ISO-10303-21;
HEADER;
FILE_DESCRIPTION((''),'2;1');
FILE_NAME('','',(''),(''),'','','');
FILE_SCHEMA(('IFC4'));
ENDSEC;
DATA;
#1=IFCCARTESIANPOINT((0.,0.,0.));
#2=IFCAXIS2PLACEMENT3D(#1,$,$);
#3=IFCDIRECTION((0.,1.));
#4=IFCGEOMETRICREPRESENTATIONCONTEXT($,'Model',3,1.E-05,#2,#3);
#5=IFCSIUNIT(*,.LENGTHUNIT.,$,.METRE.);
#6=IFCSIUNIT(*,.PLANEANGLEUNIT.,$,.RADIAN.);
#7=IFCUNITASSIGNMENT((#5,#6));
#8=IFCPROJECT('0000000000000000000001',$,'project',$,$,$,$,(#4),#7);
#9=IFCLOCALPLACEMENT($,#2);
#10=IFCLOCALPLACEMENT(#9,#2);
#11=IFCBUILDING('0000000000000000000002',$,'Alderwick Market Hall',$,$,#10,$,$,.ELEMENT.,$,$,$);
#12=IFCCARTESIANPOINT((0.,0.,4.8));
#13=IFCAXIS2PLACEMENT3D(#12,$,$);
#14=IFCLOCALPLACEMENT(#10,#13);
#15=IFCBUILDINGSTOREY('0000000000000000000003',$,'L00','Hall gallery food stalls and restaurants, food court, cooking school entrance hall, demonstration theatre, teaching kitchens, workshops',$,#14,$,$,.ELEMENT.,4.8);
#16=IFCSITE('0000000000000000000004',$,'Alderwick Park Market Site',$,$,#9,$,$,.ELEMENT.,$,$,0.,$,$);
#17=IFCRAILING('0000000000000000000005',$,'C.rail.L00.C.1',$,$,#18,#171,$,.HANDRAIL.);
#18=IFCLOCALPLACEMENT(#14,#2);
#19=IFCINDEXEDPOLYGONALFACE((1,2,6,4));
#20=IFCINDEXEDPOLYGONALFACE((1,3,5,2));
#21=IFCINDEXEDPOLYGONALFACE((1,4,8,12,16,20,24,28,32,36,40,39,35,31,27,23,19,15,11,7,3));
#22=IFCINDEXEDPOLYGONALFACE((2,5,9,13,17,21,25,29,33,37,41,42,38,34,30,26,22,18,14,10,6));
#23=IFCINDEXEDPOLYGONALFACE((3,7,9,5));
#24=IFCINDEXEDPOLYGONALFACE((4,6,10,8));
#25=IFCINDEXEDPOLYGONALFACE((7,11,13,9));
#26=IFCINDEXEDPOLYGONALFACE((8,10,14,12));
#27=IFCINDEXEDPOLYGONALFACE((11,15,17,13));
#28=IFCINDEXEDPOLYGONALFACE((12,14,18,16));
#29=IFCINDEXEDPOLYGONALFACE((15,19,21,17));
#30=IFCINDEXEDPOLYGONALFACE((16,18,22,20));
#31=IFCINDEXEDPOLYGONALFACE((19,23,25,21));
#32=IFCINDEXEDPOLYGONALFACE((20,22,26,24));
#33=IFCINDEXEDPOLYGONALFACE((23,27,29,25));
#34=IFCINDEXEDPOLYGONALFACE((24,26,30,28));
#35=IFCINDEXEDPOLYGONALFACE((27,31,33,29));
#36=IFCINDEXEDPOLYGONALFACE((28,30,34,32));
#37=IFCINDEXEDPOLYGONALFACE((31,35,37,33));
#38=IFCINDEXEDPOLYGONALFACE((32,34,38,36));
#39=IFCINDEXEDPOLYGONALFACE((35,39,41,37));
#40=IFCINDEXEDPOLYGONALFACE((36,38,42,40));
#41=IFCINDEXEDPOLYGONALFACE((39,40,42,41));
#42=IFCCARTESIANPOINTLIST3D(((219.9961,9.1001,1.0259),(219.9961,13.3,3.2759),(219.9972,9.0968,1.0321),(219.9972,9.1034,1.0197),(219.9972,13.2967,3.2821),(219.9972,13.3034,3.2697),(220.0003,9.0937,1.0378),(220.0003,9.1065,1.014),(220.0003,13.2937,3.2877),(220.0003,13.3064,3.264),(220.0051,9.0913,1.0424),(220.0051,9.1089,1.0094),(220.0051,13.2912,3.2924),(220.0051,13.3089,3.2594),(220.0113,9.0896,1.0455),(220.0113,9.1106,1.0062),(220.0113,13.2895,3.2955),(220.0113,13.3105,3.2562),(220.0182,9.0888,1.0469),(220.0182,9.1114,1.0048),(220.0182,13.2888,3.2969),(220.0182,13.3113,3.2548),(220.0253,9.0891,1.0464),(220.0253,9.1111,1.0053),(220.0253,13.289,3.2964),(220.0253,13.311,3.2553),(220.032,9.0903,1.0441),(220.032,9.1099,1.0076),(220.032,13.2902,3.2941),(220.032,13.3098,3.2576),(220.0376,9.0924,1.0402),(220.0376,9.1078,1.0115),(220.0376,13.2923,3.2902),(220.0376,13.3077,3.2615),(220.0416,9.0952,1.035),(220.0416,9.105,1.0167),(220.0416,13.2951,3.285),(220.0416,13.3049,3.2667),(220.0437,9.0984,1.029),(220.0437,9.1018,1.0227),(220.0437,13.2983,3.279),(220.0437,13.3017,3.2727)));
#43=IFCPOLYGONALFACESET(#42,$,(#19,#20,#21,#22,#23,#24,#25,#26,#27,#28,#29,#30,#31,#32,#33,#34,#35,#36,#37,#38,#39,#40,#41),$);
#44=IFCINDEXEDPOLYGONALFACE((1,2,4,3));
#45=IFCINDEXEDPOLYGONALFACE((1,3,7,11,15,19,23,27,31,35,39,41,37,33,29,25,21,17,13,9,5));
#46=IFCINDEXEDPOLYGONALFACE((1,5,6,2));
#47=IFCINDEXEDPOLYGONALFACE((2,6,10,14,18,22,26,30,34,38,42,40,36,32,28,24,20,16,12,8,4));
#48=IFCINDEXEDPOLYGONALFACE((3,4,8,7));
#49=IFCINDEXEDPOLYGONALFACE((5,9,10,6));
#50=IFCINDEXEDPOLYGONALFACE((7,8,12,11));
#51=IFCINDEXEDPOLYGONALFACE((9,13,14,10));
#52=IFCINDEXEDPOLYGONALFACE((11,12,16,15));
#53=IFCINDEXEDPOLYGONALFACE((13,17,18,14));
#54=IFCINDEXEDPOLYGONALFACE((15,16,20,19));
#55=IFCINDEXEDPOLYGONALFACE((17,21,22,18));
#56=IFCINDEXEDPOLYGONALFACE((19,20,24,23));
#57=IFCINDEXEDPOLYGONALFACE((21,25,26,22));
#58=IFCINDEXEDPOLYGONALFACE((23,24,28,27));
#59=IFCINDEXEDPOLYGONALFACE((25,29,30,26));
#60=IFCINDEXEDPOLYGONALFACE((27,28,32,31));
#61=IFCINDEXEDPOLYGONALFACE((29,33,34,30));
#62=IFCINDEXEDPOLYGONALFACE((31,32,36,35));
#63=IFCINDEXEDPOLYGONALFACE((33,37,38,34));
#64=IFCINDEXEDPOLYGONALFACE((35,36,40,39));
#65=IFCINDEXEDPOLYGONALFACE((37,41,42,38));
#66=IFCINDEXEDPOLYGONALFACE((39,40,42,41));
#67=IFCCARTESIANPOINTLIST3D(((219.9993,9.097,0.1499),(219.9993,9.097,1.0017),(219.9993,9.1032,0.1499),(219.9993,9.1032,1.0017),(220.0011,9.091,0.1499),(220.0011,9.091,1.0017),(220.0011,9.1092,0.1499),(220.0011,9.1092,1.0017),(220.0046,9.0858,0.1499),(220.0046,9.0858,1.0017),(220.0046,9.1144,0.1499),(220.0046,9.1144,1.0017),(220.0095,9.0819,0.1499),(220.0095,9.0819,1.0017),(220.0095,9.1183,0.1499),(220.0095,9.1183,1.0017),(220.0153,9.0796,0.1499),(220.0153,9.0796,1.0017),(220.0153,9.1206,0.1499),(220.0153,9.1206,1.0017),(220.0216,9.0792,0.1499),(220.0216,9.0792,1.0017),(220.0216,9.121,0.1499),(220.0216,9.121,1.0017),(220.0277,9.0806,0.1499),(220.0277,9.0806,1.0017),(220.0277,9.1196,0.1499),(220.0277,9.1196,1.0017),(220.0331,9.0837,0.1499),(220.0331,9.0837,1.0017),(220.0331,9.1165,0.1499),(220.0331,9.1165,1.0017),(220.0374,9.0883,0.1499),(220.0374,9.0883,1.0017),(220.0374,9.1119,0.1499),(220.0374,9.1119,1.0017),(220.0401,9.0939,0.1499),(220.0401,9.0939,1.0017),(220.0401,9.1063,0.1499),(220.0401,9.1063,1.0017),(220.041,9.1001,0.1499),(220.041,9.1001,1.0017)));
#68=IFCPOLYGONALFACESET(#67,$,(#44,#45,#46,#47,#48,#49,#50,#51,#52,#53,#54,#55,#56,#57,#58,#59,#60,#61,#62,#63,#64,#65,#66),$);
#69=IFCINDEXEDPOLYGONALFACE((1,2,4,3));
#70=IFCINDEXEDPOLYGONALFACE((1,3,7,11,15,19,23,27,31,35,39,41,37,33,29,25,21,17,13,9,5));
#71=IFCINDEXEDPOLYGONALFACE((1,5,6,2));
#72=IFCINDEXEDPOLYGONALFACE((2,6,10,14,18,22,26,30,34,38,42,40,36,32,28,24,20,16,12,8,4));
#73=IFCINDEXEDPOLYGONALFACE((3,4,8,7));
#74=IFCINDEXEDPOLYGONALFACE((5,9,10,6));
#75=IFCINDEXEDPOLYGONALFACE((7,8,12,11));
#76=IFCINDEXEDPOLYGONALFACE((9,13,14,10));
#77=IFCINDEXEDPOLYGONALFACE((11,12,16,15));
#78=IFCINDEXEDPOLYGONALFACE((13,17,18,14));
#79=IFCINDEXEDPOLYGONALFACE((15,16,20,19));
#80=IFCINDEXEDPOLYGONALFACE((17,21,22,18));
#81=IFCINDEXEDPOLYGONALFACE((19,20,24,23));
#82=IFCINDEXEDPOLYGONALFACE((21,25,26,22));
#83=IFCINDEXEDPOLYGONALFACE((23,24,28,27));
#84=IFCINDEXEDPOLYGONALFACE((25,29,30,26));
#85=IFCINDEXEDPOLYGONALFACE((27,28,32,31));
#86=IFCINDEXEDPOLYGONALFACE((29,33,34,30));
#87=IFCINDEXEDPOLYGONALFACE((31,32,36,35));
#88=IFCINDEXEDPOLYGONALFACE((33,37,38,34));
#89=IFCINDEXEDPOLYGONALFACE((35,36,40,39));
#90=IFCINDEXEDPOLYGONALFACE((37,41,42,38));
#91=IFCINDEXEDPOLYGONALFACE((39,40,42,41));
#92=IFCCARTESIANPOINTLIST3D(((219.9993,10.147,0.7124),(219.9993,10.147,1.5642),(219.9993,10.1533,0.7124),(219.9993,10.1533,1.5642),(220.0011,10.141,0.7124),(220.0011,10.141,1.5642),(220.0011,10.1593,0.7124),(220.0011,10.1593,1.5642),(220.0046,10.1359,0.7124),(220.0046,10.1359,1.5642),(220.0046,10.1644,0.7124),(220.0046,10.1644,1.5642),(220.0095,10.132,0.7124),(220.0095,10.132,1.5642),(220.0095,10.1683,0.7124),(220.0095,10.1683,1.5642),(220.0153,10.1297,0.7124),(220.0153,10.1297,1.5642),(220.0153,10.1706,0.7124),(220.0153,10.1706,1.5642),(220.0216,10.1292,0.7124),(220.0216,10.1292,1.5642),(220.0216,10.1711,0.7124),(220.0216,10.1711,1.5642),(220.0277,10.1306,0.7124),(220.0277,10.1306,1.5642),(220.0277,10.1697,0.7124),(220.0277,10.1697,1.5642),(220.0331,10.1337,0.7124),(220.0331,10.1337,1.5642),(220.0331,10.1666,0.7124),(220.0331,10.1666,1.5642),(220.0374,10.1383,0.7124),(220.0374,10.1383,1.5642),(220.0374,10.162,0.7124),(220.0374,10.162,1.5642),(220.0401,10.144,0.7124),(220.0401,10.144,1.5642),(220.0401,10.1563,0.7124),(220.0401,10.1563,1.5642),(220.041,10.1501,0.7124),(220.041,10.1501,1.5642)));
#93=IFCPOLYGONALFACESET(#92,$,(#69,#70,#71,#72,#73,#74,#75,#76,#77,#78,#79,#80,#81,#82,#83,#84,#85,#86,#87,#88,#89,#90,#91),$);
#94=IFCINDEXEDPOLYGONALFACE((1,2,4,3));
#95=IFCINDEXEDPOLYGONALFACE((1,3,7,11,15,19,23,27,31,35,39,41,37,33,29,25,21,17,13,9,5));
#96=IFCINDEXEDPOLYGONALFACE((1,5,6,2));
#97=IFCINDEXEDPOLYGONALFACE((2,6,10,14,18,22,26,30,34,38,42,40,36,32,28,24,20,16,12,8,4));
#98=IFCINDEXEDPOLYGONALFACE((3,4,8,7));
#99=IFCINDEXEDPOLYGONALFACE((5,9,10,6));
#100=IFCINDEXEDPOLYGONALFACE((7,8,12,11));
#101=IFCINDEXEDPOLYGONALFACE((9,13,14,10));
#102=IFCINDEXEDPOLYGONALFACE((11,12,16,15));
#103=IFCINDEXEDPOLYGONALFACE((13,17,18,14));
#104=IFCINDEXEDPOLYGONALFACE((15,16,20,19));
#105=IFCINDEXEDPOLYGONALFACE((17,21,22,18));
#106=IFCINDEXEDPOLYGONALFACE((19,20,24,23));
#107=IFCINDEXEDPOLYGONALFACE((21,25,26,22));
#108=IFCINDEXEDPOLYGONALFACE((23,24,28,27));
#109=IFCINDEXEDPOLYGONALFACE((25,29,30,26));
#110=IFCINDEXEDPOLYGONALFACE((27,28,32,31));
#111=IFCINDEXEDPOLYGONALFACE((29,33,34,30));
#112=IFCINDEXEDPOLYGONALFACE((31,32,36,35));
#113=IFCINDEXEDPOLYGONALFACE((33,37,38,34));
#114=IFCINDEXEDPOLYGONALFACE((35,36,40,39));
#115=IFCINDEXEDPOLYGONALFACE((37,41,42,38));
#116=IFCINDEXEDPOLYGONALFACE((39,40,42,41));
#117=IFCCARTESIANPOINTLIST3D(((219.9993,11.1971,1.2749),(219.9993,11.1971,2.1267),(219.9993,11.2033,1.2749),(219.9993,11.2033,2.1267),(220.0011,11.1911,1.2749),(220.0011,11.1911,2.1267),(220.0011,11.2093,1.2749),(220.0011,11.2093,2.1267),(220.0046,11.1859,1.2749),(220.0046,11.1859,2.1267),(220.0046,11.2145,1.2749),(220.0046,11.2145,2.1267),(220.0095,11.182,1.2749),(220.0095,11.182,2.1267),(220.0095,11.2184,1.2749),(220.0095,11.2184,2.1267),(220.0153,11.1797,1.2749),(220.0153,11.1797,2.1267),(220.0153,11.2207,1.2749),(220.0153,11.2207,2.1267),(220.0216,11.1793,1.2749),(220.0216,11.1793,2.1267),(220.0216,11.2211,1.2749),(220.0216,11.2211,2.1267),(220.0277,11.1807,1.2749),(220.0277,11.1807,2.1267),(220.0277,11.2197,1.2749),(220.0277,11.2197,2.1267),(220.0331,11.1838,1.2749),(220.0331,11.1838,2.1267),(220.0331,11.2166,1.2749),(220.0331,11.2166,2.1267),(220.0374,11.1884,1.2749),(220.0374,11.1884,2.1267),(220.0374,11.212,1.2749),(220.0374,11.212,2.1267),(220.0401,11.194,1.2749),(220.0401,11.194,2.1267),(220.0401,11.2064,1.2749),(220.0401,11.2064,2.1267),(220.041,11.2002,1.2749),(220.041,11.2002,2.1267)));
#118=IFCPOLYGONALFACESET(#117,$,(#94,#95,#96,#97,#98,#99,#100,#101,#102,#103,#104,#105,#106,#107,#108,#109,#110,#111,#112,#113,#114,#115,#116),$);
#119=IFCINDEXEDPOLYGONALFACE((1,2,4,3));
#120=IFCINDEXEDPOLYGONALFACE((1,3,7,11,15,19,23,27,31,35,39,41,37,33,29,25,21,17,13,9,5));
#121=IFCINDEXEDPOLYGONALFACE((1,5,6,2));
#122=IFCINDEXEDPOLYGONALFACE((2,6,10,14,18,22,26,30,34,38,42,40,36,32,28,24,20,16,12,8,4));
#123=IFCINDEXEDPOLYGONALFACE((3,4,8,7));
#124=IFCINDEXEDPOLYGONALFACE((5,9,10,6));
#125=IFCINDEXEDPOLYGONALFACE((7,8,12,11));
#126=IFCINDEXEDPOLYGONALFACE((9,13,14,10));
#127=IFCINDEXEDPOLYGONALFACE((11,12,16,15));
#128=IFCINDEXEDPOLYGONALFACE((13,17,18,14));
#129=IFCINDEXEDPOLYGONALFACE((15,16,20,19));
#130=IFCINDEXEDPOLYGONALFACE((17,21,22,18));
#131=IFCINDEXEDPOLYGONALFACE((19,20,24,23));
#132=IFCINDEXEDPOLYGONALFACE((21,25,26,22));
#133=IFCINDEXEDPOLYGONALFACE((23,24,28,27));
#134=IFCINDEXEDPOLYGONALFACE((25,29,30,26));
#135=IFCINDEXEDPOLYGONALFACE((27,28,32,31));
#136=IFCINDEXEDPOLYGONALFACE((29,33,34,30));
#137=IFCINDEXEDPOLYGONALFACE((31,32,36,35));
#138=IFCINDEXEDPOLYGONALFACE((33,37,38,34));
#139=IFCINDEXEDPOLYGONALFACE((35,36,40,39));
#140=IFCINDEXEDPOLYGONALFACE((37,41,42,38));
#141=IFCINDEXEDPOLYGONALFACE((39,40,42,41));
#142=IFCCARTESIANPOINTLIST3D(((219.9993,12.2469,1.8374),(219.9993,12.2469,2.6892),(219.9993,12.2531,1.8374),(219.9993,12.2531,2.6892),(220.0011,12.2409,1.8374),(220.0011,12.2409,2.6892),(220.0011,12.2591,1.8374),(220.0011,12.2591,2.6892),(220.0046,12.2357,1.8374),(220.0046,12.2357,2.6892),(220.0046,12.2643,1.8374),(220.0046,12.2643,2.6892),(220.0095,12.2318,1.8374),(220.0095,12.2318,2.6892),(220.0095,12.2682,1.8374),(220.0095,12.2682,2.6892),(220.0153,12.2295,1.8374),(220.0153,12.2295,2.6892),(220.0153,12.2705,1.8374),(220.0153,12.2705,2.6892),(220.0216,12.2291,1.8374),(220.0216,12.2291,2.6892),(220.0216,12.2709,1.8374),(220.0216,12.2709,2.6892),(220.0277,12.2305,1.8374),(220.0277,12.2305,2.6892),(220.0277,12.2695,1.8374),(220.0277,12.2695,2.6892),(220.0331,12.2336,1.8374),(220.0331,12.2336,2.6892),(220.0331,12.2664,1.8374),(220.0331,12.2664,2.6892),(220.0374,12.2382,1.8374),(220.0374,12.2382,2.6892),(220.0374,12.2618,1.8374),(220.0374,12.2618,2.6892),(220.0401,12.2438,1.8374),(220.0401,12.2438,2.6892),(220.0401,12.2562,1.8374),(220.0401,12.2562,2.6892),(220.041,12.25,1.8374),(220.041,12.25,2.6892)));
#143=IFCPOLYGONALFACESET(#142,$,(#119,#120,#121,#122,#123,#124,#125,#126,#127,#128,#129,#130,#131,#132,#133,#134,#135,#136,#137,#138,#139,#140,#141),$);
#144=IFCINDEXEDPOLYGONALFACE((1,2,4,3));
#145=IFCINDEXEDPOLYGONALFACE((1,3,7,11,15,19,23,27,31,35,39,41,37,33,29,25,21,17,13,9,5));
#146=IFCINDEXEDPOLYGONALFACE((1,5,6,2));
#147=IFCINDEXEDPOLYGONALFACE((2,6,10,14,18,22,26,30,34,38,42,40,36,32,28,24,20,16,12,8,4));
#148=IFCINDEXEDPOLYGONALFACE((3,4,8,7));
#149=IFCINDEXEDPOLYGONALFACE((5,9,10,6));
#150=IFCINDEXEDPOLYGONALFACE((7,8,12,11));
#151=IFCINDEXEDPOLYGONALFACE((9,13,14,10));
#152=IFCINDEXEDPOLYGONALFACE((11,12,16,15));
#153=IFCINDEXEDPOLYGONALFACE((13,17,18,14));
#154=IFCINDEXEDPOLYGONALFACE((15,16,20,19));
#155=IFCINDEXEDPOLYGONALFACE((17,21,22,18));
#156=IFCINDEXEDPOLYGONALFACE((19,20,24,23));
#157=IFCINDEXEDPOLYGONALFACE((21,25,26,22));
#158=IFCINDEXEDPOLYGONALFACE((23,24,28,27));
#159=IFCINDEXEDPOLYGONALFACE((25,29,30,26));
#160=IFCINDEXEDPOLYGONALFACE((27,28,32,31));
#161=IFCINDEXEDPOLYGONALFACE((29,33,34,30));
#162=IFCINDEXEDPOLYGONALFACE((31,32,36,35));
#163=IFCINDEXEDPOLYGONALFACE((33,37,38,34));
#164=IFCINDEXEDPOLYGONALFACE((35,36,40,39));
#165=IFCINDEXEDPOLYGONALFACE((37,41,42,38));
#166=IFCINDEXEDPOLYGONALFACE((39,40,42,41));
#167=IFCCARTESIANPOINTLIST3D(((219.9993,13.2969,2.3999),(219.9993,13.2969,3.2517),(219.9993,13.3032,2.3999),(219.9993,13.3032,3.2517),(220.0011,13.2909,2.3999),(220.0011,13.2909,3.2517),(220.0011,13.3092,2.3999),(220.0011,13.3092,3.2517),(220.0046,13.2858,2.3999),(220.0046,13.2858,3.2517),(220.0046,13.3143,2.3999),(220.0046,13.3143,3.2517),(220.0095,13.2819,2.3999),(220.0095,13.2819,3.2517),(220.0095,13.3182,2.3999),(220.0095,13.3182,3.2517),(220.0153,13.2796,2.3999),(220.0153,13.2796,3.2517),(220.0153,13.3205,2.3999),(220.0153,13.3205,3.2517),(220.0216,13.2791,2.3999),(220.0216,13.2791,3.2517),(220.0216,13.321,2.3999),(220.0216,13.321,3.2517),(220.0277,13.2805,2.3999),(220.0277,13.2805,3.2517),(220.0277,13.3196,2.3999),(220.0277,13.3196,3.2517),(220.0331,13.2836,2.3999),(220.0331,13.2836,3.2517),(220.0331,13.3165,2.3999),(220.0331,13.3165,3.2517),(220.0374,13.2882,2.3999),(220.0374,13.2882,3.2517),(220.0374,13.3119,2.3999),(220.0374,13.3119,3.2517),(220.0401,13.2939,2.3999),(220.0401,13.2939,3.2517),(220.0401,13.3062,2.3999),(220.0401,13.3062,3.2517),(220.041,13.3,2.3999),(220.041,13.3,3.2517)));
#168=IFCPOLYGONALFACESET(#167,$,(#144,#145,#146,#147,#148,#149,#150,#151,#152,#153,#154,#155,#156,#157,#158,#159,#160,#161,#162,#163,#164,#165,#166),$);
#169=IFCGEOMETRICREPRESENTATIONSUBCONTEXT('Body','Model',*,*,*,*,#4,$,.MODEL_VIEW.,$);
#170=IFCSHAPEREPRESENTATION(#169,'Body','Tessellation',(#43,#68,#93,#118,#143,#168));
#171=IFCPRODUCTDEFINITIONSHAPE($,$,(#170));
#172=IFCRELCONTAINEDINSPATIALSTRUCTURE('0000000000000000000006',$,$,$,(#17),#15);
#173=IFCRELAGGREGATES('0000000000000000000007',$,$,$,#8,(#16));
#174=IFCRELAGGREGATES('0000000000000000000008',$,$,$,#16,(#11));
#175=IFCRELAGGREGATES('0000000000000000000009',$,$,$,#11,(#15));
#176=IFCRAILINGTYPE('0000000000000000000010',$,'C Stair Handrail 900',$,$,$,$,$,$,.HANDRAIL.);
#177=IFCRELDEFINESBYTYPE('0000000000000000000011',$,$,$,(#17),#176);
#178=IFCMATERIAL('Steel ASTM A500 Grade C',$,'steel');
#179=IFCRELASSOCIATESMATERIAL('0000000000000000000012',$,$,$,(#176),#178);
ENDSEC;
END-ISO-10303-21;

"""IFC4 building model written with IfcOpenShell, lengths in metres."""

from ifc_helpers import new_model, si_unit, direction, frame, origin, origin_2d, place, context, subcontext, project, spatial, circle, extrude, material, type_object, element, save


model = new_model("IFC4")

# Units and contexts
model_context = context("Model", 3, precision=1e-05, world=origin(), true_north=direction((0.0, 1.0)))
body_context = subcontext(model_context, "Body", "Model", "MODEL_VIEW")
ifc_project = project(units=[si_unit("LENGTHUNIT", "METRE"), si_unit("PLANEANGLEUNIT", "RADIAN")], contexts=[model_context])

# Site, building, storey
site_placement = place(None, origin())
site = spatial("IfcSite", under=ifc_project, at=site_placement, Name="Alderwick Park Market Site", CompositionType="ELEMENT", RefElevation=0.0)
building_placement = place(site_placement, origin())
building = spatial("IfcBuilding", under=site, at=building_placement, Name="Alderwick Market Hall", CompositionType="ELEMENT")
storey_placement = place(building_placement, frame((0.0, 0.0, 4.8)))
storey = spatial("IfcBuildingStorey", under=building, at=storey_placement, Name="L00", Description="Hall gallery food stalls and restaurants, food court, cooking school entrance hall, demonstration theatre, teaching kitchens, workshops", CompositionType="ELEMENT", Elevation=4.8)

# Railing
ifc_material_1 = material(Name="Steel ASTM A500 Grade C", Category="steel")
railing_type_1 = type_object("IfcRailingType", Name="C Stair Handrail 900", PredefinedType="HANDRAIL", material=ifc_material_1)
for number, where, name in (
    (1, (220.02, 9.1001, 0.1499), "C.rail.L00.C.1"),
):
    element("IfcRailing", number, at=place(storey_placement, frame(where)), inside=storey, type_object=railing_type_1, Name=name, PredefinedType="HANDRAIL", context=body_context, shape_type="SweptSolid", body=[
        extrude(circle(Radius=0.0239, at=origin_2d()), frame((0.0, 0.0, 0.876), z_axis=(0.0, 0.881478, 0.472226), x_axis=(-1.0, 0.0, 0.0)), (0.0, 0.0, 1.0), 4.7646),
        extrude(circle(Radius=0.021, at=origin_2d()), origin(), (0.0, 0.0, 1.0), 0.8518),
        extrude(circle(Radius=0.021, at=origin_2d()), frame((0.0, 1.05, 0.5625)), (0.0, 0.0, 1.0), 0.8518),
        extrude(circle(Radius=0.021, at=origin_2d()), frame((0.0, 2.1001, 1.125)), (0.0, 0.0, 1.0), 0.8518),
        extrude(circle(Radius=0.021, at=origin_2d()), frame((0.0, 3.1499, 1.6875)), (0.0, 0.0, 1.0), 0.8518),
        extrude(circle(Radius=0.021, at=origin_2d()), frame((0.0, 4.2, 2.25)), (0.0, 0.0, 1.0), 0.8518),
    ])

save(model, "model.ifc")
